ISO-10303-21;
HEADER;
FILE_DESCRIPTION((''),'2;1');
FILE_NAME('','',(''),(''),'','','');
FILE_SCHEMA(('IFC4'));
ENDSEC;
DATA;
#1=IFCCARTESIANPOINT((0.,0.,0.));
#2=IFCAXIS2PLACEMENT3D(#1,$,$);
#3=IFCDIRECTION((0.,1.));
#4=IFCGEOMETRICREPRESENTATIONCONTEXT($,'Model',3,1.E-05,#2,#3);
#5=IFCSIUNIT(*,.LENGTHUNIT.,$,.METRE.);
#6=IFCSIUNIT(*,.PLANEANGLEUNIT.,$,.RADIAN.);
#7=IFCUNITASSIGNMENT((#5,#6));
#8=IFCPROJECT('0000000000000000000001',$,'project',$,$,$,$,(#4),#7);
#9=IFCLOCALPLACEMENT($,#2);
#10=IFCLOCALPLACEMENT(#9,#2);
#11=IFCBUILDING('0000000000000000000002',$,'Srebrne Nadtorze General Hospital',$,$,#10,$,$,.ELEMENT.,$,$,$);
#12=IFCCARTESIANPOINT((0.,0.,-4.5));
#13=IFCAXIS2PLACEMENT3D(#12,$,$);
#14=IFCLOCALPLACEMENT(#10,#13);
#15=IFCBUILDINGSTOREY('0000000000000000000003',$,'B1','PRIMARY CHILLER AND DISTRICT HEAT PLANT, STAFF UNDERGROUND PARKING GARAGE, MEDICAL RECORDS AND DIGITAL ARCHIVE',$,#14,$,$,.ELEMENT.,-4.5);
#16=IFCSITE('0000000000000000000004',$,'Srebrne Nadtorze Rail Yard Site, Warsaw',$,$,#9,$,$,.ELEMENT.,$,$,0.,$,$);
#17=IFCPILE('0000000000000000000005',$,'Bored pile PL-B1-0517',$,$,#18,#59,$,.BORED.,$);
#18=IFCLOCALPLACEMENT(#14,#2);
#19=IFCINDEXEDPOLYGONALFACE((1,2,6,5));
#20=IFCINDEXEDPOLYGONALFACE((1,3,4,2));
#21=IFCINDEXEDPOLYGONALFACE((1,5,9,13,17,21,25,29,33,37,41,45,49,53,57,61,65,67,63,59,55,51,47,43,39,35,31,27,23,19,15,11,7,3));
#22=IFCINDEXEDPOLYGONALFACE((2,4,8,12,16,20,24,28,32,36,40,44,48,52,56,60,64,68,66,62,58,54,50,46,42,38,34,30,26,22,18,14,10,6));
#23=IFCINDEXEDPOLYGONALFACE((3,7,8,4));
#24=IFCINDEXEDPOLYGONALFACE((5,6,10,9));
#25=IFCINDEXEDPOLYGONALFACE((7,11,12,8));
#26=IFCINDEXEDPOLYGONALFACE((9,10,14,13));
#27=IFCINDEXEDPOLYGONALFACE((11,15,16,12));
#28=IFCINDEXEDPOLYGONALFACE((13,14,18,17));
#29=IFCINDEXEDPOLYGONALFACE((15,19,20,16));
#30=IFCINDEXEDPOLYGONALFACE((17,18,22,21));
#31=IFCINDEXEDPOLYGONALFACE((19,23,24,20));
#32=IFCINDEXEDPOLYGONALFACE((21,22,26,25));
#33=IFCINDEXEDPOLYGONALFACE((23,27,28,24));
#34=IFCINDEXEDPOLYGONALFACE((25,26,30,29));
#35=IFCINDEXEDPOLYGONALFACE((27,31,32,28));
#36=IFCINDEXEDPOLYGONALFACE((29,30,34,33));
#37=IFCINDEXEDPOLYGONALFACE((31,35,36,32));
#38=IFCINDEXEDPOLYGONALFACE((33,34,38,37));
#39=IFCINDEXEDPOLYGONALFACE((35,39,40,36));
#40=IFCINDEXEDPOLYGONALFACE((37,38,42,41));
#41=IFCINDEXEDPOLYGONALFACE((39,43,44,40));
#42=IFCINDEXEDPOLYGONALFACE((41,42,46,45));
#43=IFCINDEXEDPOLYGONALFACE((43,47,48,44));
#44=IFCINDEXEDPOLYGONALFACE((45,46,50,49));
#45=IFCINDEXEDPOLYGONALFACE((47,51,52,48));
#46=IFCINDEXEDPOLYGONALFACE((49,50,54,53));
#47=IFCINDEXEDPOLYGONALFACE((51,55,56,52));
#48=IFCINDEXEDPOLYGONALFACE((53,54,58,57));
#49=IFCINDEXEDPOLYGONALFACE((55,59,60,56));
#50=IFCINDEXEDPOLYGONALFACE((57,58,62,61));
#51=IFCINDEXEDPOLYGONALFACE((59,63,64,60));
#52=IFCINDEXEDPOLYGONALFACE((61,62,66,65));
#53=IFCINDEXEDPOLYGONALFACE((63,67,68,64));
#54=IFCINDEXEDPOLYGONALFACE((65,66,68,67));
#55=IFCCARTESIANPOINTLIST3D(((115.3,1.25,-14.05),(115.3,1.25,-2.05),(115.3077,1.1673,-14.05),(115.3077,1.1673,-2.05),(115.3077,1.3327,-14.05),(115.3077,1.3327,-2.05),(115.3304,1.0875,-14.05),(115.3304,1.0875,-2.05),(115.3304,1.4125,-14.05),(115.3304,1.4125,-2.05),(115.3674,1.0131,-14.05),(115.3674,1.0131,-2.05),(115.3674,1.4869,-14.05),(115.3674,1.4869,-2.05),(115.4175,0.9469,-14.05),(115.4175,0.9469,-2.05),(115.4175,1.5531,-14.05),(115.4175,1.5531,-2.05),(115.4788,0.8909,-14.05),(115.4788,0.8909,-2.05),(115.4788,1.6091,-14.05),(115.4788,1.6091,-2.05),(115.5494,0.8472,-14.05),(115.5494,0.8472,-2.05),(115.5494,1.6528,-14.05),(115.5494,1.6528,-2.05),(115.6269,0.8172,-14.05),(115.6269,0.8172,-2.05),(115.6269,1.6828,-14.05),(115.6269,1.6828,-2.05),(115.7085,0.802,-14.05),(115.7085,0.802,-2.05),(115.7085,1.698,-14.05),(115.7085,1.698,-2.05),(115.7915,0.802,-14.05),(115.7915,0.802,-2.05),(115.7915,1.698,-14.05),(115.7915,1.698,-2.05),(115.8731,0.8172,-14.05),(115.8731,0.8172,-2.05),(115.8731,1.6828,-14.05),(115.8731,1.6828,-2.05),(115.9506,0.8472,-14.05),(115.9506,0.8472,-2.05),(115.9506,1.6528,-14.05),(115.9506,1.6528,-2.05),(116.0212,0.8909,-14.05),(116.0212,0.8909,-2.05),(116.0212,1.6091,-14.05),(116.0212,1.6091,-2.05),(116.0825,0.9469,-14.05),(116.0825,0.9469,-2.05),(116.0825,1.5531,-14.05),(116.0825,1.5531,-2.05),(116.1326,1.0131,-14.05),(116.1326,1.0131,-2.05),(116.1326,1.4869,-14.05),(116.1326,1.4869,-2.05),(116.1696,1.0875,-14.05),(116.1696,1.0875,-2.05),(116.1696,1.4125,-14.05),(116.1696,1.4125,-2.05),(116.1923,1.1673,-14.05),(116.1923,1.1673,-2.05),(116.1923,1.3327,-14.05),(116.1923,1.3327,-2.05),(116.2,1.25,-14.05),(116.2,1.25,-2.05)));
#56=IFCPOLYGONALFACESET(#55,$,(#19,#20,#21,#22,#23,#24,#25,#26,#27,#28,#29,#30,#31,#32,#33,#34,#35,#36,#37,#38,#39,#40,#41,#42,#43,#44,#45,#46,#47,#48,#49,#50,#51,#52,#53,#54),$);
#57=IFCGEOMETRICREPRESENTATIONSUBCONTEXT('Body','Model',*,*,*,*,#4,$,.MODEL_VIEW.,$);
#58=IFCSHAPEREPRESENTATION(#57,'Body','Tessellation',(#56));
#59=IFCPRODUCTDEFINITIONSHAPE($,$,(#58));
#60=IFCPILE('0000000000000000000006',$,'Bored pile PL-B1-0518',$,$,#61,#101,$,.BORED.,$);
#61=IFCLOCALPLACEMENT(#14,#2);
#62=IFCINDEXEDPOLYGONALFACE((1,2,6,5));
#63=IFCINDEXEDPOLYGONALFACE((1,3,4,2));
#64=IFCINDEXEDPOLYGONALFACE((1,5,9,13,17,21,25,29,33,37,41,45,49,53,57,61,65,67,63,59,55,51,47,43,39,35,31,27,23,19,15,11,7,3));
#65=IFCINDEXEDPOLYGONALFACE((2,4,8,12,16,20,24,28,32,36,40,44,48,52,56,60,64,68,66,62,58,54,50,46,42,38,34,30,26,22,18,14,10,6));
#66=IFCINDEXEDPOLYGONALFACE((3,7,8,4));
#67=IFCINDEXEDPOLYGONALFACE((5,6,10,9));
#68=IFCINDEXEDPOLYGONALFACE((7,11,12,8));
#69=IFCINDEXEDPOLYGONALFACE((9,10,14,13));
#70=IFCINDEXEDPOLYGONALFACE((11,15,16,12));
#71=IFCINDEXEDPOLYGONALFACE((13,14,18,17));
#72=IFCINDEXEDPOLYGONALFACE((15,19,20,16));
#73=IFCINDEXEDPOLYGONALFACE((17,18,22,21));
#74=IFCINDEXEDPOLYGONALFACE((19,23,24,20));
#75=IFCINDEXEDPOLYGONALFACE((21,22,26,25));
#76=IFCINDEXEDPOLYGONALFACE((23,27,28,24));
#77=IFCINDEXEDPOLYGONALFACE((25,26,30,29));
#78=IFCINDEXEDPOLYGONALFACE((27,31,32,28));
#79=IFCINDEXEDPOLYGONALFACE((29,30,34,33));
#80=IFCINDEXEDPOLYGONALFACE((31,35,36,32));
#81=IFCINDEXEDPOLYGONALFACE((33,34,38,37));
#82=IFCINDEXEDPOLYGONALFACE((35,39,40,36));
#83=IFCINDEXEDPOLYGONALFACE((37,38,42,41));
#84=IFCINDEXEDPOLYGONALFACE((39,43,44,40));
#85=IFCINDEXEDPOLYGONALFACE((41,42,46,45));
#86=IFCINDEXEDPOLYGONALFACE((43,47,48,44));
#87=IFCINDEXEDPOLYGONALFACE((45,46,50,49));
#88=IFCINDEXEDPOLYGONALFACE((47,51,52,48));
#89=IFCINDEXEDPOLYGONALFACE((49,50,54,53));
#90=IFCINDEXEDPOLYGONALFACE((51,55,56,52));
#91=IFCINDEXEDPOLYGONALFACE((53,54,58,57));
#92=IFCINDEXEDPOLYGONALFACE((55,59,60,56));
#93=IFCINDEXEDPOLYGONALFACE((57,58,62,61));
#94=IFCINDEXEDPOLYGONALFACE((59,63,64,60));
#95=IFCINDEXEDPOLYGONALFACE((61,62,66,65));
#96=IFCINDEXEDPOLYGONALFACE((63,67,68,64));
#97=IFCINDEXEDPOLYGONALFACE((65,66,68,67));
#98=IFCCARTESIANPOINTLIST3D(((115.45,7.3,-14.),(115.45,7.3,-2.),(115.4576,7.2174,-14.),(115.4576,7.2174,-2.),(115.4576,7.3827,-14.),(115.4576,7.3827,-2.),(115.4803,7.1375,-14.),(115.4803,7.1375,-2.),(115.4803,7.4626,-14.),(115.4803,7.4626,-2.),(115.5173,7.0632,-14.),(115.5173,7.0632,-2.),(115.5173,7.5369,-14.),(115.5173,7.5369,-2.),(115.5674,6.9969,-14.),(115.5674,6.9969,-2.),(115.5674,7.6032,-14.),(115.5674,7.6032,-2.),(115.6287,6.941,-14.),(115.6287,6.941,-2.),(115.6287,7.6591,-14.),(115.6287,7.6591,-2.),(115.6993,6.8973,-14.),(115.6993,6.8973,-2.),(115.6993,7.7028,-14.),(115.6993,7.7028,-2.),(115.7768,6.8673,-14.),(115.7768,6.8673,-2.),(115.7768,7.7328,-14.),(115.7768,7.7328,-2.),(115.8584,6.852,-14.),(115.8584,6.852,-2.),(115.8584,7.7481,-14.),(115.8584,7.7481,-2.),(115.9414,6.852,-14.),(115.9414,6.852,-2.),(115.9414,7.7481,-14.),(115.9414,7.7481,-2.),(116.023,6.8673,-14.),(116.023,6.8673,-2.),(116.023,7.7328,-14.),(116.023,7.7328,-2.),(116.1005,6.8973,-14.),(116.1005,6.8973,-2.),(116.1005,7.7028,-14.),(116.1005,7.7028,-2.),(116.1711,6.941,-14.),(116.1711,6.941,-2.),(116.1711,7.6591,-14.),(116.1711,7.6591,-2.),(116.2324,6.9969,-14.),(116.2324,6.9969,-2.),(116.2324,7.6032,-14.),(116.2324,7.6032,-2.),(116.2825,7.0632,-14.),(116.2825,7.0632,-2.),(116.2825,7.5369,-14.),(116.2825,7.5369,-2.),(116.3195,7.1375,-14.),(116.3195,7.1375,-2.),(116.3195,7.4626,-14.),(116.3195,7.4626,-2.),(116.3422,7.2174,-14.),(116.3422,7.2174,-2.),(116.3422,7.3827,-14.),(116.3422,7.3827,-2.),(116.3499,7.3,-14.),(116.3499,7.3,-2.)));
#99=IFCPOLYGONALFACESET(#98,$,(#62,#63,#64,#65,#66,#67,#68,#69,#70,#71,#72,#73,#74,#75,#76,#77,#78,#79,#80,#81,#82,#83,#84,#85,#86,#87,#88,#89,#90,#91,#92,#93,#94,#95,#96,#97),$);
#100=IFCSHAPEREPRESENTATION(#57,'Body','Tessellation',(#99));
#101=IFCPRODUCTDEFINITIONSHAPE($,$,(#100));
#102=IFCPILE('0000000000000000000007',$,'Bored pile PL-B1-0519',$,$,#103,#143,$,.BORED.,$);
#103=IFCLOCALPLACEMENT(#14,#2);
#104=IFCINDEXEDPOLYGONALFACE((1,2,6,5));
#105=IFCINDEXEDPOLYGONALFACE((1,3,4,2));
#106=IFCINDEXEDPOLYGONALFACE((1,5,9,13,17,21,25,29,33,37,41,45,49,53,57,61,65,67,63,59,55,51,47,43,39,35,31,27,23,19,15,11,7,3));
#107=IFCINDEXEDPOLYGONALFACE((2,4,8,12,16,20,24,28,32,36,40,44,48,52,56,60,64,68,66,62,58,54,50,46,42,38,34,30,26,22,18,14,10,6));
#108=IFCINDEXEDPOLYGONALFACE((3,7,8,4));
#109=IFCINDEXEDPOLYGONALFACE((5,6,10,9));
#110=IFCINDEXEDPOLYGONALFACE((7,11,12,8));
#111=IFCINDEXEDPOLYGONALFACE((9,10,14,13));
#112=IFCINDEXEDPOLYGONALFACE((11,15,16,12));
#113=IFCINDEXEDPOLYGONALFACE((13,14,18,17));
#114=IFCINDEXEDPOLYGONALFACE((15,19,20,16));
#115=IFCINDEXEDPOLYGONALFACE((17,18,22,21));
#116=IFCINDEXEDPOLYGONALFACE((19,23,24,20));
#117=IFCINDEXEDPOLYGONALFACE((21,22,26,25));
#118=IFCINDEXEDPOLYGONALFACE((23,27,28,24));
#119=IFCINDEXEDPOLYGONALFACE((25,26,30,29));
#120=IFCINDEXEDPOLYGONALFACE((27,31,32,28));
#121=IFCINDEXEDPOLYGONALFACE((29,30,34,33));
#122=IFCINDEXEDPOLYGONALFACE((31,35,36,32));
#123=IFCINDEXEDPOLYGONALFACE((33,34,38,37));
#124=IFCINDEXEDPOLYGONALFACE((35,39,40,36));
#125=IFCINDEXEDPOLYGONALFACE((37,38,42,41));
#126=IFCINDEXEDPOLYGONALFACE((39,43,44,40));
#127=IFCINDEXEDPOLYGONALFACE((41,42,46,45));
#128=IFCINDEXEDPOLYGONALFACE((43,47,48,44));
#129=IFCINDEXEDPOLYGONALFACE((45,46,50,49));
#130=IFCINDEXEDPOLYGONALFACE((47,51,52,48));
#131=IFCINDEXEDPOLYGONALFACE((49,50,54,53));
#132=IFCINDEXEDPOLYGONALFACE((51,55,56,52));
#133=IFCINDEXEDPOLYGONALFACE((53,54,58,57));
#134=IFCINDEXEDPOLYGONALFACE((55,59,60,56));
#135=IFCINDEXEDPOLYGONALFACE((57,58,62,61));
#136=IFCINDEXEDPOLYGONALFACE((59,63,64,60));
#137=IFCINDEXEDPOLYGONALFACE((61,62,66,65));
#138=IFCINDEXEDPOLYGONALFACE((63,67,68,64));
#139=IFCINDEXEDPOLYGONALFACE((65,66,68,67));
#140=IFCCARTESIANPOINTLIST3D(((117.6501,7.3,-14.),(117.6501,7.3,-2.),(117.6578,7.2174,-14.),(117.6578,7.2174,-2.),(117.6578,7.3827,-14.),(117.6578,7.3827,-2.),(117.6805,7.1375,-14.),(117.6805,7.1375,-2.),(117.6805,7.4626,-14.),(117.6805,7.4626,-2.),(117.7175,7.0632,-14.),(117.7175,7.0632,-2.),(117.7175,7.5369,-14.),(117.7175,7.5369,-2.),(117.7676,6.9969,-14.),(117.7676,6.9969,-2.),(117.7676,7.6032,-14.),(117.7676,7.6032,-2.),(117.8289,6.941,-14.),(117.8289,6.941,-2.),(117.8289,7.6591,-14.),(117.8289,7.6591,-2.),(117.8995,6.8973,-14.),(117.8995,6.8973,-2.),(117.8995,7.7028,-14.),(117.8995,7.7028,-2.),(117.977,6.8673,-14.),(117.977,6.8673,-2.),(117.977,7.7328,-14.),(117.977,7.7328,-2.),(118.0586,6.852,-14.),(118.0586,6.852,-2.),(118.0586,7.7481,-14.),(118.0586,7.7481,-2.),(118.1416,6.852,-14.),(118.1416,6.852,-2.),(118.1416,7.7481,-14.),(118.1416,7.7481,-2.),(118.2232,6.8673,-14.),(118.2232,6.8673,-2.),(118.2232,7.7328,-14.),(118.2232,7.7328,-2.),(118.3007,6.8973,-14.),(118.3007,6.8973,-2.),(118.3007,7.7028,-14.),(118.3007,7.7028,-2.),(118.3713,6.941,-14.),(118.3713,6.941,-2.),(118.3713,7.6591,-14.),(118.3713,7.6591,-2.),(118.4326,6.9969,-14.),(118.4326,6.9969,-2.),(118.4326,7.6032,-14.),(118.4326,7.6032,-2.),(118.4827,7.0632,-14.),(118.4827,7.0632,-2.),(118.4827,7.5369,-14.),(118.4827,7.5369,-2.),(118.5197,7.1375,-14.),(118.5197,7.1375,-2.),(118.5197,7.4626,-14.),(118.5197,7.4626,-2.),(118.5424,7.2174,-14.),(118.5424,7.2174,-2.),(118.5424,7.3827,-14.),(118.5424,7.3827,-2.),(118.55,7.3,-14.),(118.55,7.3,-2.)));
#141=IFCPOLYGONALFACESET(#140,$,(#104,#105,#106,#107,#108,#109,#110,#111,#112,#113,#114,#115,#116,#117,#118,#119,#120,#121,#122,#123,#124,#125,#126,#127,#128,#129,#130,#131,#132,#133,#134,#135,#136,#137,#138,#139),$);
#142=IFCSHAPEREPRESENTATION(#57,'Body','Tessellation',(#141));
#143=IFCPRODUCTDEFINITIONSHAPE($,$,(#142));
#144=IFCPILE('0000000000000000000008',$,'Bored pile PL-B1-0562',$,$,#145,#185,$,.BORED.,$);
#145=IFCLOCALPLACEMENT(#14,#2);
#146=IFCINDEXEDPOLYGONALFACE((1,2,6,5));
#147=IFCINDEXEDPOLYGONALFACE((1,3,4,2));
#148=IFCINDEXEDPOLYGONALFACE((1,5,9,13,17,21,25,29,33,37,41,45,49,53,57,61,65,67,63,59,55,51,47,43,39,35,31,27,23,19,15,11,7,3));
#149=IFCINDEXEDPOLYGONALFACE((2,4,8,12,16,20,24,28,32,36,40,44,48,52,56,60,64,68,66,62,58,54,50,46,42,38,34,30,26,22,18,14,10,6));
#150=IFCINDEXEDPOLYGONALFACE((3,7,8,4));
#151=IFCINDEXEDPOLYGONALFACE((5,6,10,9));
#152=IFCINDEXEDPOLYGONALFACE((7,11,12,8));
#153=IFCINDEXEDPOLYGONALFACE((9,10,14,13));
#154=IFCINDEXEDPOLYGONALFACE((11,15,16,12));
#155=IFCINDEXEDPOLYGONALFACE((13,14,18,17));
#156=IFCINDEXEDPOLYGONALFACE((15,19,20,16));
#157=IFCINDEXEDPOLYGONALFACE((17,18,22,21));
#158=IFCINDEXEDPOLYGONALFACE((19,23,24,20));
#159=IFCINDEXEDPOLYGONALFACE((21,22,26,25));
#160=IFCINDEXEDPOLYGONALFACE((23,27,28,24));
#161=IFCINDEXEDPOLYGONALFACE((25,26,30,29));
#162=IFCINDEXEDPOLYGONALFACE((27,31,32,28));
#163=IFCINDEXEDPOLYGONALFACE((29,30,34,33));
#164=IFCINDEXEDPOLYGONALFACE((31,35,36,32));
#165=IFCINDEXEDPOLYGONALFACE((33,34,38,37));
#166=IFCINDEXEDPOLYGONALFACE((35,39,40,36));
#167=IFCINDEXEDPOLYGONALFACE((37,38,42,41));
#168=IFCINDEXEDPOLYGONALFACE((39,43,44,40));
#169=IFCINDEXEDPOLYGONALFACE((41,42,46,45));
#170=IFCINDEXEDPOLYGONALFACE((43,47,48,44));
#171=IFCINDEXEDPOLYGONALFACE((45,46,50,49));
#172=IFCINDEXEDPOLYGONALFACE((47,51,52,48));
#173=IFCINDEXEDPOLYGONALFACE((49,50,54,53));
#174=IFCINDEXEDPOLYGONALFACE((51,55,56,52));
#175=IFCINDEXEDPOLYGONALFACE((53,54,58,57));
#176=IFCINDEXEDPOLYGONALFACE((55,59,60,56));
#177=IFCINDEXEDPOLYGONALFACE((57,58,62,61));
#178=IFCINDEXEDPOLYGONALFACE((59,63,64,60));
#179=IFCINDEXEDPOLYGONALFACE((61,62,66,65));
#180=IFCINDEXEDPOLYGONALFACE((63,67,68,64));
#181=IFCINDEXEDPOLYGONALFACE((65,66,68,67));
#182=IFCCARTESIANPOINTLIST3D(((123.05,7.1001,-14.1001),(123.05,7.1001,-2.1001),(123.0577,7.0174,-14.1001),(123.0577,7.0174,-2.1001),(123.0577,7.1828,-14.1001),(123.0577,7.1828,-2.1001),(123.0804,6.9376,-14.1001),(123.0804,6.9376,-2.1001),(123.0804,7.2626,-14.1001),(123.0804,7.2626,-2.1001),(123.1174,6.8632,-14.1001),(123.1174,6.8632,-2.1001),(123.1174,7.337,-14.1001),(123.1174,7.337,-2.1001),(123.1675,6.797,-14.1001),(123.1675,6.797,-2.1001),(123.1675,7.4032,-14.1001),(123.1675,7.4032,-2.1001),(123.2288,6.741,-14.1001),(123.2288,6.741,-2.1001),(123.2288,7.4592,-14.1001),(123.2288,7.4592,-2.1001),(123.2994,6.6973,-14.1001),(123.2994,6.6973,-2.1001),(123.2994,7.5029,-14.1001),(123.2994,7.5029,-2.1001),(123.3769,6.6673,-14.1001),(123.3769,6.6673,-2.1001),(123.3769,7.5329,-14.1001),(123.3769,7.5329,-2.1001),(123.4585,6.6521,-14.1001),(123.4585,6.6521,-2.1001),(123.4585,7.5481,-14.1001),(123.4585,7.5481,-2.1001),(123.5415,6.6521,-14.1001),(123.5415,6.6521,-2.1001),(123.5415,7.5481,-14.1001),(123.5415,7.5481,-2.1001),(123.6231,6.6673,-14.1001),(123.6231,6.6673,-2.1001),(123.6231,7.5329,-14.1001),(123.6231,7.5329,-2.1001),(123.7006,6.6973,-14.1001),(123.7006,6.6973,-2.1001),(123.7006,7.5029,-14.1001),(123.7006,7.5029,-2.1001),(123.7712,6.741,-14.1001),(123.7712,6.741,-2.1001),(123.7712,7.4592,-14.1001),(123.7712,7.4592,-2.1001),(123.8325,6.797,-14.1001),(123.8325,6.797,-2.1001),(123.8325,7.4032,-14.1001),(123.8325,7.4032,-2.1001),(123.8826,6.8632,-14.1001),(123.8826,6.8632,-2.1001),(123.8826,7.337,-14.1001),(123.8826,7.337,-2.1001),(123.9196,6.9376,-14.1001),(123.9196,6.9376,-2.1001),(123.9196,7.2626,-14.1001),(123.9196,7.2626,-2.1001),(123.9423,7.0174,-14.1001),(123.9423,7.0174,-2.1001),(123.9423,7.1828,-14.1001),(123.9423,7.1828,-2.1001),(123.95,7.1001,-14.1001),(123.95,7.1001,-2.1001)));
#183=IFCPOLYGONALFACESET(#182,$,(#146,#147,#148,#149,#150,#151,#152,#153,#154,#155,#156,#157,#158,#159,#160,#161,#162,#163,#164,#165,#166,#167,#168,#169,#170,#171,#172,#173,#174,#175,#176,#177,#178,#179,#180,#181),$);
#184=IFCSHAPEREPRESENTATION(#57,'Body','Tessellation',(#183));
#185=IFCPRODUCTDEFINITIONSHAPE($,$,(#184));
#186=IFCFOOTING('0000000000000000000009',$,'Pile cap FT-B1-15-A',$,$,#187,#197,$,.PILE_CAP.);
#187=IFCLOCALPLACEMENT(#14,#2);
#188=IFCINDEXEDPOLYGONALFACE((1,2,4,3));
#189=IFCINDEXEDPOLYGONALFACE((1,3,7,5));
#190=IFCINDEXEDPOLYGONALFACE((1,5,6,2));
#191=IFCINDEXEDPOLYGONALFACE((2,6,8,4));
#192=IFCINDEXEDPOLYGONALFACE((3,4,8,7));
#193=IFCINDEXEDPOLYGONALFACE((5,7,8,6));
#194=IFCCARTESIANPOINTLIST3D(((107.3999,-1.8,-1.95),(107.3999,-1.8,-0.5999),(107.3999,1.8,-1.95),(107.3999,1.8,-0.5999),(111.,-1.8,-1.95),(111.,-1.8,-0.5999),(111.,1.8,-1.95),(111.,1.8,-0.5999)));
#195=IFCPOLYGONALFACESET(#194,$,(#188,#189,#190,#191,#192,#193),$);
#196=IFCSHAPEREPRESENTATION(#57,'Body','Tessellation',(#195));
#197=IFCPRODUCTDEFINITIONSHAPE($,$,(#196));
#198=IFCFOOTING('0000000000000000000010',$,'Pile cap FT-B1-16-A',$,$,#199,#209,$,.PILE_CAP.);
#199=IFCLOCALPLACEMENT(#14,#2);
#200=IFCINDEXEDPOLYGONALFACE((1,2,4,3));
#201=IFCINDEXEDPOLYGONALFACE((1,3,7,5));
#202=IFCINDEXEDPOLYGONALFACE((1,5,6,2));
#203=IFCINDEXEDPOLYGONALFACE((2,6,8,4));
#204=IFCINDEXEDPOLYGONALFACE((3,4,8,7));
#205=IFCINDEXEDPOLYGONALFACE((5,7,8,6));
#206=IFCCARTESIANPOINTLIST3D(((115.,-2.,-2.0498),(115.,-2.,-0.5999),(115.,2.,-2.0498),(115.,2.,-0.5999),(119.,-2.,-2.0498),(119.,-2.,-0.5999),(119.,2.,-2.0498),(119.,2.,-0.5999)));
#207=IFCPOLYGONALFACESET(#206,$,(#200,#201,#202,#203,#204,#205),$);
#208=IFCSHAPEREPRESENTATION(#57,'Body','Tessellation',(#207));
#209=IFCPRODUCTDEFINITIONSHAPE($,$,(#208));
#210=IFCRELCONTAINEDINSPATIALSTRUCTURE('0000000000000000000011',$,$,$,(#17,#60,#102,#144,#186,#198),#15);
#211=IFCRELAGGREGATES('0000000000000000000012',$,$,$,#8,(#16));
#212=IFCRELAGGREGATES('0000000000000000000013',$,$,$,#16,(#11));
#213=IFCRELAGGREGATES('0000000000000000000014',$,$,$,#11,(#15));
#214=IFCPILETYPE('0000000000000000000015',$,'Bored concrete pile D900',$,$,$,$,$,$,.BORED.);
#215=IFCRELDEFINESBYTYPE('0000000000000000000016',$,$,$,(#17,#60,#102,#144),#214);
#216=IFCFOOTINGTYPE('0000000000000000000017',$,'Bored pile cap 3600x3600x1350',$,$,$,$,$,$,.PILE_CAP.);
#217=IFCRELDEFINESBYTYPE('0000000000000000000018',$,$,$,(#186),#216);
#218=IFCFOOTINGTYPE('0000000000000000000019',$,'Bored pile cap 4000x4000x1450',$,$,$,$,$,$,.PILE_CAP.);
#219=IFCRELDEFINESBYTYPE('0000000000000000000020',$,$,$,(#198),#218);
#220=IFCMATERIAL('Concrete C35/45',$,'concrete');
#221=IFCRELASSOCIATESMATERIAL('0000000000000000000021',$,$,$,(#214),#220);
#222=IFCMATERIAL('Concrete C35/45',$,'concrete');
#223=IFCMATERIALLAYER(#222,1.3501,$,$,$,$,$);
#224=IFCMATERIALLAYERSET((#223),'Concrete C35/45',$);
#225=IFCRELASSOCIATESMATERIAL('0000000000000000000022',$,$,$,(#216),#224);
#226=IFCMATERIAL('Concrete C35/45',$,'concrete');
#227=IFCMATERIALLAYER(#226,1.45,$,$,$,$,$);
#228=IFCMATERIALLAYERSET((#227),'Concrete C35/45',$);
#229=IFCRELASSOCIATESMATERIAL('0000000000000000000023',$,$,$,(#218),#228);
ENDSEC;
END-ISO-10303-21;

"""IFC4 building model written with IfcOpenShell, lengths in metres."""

from ifc_helpers import new_model, si_unit, direction, frame, origin, origin_2d, place, context, subcontext, project, spatial, rectangle, circle, extrude, material, layer, layer_set, material_profile, profile_set, type_object, element, save


model = new_model("IFC4")

# Units and contexts
model_context = context("Model", 3, precision=1e-05, world=origin(), true_north=direction((0.0, 1.0)))
body_context = subcontext(model_context, "Body", "Model", "MODEL_VIEW")
ifc_project = project(units=[si_unit("LENGTHUNIT", "METRE"), si_unit("PLANEANGLEUNIT", "RADIAN")], contexts=[model_context])

# Site, building, storey
site_placement = place(None, origin())
site = spatial("IfcSite", under=ifc_project, at=site_placement, Name="Srebrne Nadtorze Rail Yard Site, Warsaw", CompositionType="ELEMENT", RefElevation=0.0)
building_placement = place(site_placement, origin())
building = spatial("IfcBuilding", under=site, at=building_placement, Name="Srebrne Nadtorze General Hospital", CompositionType="ELEMENT")
storey_placement = place(building_placement, frame((0.0, 0.0, -4.5)))
storey = spatial("IfcBuildingStorey", under=building, at=storey_placement, Name="B1", Description="PRIMARY CHILLER AND DISTRICT HEAT PLANT, STAFF UNDERGROUND PARKING GARAGE, MEDICAL RECORDS AND DIGITAL ARCHIVE", CompositionType="ELEMENT", Elevation=-4.5)

# Piles
ifc_material_1 = material(Name="Concrete C35/45", Category="concrete")
ifc_material_profile_1 = material_profile(ifc_material_1, circle(Radius=0.45, at=origin_2d()), Name="PILE-D900")
ifc_profile_set_1 = profile_set([ifc_material_profile_1], Name="Concrete C35/45")
pile_type_1 = type_object("IfcPileType", Name="Bored concrete pile D900", PredefinedType="BORED", material=ifc_profile_set_1)
for number, where, z_axis, x_axis, name in (
    (1, (115.75, 1.25, -2.05), (0.0, 0.0, -1.0), (1.0, 0.0, 0.0), "Bored pile PL-B1-0517"),
    (2, (115.8999, 7.3, -2.0), (0.0, 0.0, -1.0), (1.0, 0.0, 0.0), "Bored pile PL-B1-0518"),
    (3, (118.1001, 7.3, -2.0), (0.0, 0.0, -1.0), (1.0, 0.0, 0.0), "Bored pile PL-B1-0519"),
    (4, (123.5, 7.1001, -2.1001), (0.0, 0.0, -1.0), (1.0, 0.0, 0.0), "Bored pile PL-B1-0562"),
):
    element("IfcPile", number, at=place(storey_placement, frame(where, z_axis=z_axis, x_axis=x_axis)), inside=storey, type_object=pile_type_1, Name=name, PredefinedType="BORED", context=body_context, shape_type="SweptSolid", body=[
        extrude(circle(Radius=0.45, at=origin_2d()), origin(), (0.0, 0.0, 1.0), 12.0),
    ])

# Footings
ifc_material_2 = material(Name="Concrete C35/45", Category="concrete")
ifc_layer_1 = layer(ifc_material_2, 1.3501)
ifc_layer_set_1 = layer_set([ifc_layer_1], Name="Concrete C35/45")
footing_type_1 = type_object("IfcFootingType", Name="Bored pile cap 3600x3600x1350", PredefinedType="PILE_CAP", material=ifc_layer_set_1)
footing_1_placement = place(storey_placement, frame((109.2, 0.0, -1.95), z_axis=(0.0, 0.0, 1.0), x_axis=(1.0, 0.0, 0.0)))
element("IfcFooting", 5, at=footing_1_placement, inside=storey, type_object=footing_type_1, Name="Pile cap FT-B1-15-A", PredefinedType="PILE_CAP", context=body_context, shape_type="SweptSolid", body=[
    extrude(rectangle(XDim=3.6001, YDim=3.6001, at=origin_2d()), origin(), (0.0, 0.0, 1.0), 1.3501),
])
ifc_material_3 = material(Name="Concrete C35/45", Category="concrete")
ifc_layer_2 = layer(ifc_material_3, 1.45)
ifc_layer_set_2 = layer_set([ifc_layer_2], Name="Concrete C35/45")
footing_type_2 = type_object("IfcFootingType", Name="Bored pile cap 4000x4000x1450", PredefinedType="PILE_CAP", material=ifc_layer_set_2)
footing_2_placement = place(storey_placement, frame((117.0, 0.0, -2.0498), z_axis=(0.0, 0.0, 1.0), x_axis=(1.0, 0.0, 0.0)))
element("IfcFooting", 6, at=footing_2_placement, inside=storey, type_object=footing_type_2, Name="Pile cap FT-B1-16-A", PredefinedType="PILE_CAP", context=body_context, shape_type="SweptSolid", body=[
    extrude(rectangle(XDim=4.0, YDim=4.0, at=origin_2d()), origin(), (0.0, 0.0, 1.0), 1.45),
])

save(model, "model.ifc")
